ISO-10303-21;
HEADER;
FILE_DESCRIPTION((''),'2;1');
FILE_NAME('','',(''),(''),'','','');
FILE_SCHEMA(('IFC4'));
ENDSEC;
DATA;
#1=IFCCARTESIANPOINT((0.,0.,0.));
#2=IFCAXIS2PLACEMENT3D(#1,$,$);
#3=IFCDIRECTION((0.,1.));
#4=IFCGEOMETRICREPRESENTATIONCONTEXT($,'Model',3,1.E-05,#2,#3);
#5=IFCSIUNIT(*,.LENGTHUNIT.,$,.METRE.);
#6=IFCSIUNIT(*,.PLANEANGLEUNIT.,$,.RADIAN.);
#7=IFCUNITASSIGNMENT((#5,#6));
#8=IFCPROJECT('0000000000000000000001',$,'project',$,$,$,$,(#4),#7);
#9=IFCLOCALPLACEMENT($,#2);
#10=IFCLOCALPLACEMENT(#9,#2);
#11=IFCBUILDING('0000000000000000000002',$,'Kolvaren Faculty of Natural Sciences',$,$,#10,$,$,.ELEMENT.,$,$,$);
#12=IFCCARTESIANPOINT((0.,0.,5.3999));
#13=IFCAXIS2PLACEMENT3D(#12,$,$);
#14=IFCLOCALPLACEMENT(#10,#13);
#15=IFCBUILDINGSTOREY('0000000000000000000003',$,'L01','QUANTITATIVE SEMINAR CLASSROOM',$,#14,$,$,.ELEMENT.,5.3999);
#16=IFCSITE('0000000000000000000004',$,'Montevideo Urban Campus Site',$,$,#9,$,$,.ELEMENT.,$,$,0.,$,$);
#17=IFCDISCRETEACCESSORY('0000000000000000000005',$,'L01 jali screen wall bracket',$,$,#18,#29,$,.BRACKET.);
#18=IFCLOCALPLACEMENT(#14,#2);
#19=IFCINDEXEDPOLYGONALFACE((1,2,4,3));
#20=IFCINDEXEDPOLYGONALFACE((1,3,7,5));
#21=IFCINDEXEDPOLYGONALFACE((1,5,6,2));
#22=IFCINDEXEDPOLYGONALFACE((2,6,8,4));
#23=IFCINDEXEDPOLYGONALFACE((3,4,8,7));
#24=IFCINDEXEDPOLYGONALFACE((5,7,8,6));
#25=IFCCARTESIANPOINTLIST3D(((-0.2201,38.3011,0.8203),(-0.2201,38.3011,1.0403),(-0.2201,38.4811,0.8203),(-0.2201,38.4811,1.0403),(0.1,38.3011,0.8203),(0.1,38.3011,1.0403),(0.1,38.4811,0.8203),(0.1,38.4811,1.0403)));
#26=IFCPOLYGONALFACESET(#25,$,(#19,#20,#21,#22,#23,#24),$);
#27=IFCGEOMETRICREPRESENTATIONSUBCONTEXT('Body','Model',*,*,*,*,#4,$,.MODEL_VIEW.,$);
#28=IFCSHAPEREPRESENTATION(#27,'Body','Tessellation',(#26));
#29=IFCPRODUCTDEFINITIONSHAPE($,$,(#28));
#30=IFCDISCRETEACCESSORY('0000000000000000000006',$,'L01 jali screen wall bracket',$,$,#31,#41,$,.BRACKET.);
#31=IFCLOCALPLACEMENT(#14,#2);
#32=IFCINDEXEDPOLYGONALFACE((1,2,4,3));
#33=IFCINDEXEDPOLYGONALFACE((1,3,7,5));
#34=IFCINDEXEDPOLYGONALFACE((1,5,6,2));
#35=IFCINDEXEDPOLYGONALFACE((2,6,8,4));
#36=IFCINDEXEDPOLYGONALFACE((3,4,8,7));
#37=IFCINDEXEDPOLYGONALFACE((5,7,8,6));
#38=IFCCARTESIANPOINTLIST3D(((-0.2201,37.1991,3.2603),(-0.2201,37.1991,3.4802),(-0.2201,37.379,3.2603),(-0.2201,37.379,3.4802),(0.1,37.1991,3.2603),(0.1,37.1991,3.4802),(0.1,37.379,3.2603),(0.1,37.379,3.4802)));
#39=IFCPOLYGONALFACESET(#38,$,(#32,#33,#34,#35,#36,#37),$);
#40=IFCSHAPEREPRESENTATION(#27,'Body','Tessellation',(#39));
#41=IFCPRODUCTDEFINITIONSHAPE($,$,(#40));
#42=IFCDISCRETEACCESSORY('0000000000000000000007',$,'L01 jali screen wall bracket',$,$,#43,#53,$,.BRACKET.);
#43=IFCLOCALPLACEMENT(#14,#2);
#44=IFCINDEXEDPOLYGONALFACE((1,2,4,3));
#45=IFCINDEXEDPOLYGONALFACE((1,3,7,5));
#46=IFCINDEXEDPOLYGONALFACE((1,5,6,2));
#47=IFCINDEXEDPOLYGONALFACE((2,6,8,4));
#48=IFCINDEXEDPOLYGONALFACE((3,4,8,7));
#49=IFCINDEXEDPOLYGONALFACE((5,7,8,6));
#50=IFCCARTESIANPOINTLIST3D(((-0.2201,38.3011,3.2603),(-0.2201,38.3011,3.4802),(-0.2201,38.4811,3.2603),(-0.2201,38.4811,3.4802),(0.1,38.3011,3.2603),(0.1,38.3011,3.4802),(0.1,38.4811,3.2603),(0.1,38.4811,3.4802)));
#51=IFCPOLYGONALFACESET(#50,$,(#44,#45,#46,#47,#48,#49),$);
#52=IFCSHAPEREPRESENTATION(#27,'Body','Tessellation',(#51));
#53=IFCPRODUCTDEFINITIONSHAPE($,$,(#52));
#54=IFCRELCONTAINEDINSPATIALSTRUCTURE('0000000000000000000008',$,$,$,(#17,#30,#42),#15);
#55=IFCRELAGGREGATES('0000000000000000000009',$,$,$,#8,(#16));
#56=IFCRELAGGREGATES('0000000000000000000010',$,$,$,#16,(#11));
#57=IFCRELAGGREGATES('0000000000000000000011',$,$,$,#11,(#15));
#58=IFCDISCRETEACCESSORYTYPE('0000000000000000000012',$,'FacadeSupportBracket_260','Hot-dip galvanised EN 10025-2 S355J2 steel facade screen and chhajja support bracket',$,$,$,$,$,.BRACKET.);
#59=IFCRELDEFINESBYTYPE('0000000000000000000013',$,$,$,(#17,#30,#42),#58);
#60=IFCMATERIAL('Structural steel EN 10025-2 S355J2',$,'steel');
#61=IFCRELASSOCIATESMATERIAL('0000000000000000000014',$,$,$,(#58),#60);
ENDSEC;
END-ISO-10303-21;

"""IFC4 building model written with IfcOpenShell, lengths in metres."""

from ifc_helpers import new_model, si_unit, direction, frame, origin, origin_2d, place, context, subcontext, project, spatial, rectangle, extrude, material, type_object, element, save


model = new_model("IFC4")

# Units and contexts
model_context = context("Model", 3, precision=1e-05, world=origin(), true_north=direction((0.0, 1.0)))
body_context = subcontext(model_context, "Body", "Model", "MODEL_VIEW")
ifc_project = project(units=[si_unit("LENGTHUNIT", "METRE"), si_unit("PLANEANGLEUNIT", "RADIAN")], contexts=[model_context])

# Site, building, storey
site_placement = place(None, origin())
site = spatial("IfcSite", under=ifc_project, at=site_placement, Name="Montevideo Urban Campus Site", CompositionType="ELEMENT", RefElevation=0.0)
building_placement = place(site_placement, origin())
building = spatial("IfcBuilding", under=site, at=building_placement, Name="Kolvaren Faculty of Natural Sciences", CompositionType="ELEMENT")
storey_placement = place(building_placement, frame((0.0, 0.0, 5.3999)))
storey = spatial("IfcBuildingStorey", under=building, at=storey_placement, Name="L01", Description="QUANTITATIVE SEMINAR CLASSROOM", CompositionType="ELEMENT", Elevation=5.3999)

# Discrete accessories
ifc_material_1 = material(Name="Structural steel EN 10025-2 S355J2", Category="steel")
discrete_accessory_type = type_object("IfcDiscreteAccessoryType", Name="FacadeSupportBracket_260", Description="Hot-dip galvanised EN 10025-2 S355J2 steel facade screen and chhajja support bracket", PredefinedType="BRACKET", material=ifc_material_1)
for number, where, z_axis, x_axis, name in (
    (1, (-0.0601, 38.3911, 0.8203), (0.0, 0.0, 1.0), (0.0, 1.0, 0.0), "L01 jali screen wall bracket"),
    (2, (-0.0601, 37.2891, 3.2603), (0.0, 0.0, 1.0), (0.0, 1.0, 0.0), "L01 jali screen wall bracket"),
    (3, (-0.0601, 38.3911, 3.2603), (0.0, 0.0, 1.0), (0.0, 1.0, 0.0), "L01 jali screen wall bracket"),
):
    element("IfcDiscreteAccessory", number, at=place(storey_placement, frame(where, z_axis=z_axis, x_axis=x_axis)), inside=storey, type_object=discrete_accessory_type, Name=name, PredefinedType="BRACKET", context=body_context, shape_type="SweptSolid", body=[
        extrude(rectangle(XDim=0.1799, YDim=0.3201, at=origin_2d()), origin(), (0.0, 0.0, 1.0), 0.22),
    ])

save(model, "model.ifc")
